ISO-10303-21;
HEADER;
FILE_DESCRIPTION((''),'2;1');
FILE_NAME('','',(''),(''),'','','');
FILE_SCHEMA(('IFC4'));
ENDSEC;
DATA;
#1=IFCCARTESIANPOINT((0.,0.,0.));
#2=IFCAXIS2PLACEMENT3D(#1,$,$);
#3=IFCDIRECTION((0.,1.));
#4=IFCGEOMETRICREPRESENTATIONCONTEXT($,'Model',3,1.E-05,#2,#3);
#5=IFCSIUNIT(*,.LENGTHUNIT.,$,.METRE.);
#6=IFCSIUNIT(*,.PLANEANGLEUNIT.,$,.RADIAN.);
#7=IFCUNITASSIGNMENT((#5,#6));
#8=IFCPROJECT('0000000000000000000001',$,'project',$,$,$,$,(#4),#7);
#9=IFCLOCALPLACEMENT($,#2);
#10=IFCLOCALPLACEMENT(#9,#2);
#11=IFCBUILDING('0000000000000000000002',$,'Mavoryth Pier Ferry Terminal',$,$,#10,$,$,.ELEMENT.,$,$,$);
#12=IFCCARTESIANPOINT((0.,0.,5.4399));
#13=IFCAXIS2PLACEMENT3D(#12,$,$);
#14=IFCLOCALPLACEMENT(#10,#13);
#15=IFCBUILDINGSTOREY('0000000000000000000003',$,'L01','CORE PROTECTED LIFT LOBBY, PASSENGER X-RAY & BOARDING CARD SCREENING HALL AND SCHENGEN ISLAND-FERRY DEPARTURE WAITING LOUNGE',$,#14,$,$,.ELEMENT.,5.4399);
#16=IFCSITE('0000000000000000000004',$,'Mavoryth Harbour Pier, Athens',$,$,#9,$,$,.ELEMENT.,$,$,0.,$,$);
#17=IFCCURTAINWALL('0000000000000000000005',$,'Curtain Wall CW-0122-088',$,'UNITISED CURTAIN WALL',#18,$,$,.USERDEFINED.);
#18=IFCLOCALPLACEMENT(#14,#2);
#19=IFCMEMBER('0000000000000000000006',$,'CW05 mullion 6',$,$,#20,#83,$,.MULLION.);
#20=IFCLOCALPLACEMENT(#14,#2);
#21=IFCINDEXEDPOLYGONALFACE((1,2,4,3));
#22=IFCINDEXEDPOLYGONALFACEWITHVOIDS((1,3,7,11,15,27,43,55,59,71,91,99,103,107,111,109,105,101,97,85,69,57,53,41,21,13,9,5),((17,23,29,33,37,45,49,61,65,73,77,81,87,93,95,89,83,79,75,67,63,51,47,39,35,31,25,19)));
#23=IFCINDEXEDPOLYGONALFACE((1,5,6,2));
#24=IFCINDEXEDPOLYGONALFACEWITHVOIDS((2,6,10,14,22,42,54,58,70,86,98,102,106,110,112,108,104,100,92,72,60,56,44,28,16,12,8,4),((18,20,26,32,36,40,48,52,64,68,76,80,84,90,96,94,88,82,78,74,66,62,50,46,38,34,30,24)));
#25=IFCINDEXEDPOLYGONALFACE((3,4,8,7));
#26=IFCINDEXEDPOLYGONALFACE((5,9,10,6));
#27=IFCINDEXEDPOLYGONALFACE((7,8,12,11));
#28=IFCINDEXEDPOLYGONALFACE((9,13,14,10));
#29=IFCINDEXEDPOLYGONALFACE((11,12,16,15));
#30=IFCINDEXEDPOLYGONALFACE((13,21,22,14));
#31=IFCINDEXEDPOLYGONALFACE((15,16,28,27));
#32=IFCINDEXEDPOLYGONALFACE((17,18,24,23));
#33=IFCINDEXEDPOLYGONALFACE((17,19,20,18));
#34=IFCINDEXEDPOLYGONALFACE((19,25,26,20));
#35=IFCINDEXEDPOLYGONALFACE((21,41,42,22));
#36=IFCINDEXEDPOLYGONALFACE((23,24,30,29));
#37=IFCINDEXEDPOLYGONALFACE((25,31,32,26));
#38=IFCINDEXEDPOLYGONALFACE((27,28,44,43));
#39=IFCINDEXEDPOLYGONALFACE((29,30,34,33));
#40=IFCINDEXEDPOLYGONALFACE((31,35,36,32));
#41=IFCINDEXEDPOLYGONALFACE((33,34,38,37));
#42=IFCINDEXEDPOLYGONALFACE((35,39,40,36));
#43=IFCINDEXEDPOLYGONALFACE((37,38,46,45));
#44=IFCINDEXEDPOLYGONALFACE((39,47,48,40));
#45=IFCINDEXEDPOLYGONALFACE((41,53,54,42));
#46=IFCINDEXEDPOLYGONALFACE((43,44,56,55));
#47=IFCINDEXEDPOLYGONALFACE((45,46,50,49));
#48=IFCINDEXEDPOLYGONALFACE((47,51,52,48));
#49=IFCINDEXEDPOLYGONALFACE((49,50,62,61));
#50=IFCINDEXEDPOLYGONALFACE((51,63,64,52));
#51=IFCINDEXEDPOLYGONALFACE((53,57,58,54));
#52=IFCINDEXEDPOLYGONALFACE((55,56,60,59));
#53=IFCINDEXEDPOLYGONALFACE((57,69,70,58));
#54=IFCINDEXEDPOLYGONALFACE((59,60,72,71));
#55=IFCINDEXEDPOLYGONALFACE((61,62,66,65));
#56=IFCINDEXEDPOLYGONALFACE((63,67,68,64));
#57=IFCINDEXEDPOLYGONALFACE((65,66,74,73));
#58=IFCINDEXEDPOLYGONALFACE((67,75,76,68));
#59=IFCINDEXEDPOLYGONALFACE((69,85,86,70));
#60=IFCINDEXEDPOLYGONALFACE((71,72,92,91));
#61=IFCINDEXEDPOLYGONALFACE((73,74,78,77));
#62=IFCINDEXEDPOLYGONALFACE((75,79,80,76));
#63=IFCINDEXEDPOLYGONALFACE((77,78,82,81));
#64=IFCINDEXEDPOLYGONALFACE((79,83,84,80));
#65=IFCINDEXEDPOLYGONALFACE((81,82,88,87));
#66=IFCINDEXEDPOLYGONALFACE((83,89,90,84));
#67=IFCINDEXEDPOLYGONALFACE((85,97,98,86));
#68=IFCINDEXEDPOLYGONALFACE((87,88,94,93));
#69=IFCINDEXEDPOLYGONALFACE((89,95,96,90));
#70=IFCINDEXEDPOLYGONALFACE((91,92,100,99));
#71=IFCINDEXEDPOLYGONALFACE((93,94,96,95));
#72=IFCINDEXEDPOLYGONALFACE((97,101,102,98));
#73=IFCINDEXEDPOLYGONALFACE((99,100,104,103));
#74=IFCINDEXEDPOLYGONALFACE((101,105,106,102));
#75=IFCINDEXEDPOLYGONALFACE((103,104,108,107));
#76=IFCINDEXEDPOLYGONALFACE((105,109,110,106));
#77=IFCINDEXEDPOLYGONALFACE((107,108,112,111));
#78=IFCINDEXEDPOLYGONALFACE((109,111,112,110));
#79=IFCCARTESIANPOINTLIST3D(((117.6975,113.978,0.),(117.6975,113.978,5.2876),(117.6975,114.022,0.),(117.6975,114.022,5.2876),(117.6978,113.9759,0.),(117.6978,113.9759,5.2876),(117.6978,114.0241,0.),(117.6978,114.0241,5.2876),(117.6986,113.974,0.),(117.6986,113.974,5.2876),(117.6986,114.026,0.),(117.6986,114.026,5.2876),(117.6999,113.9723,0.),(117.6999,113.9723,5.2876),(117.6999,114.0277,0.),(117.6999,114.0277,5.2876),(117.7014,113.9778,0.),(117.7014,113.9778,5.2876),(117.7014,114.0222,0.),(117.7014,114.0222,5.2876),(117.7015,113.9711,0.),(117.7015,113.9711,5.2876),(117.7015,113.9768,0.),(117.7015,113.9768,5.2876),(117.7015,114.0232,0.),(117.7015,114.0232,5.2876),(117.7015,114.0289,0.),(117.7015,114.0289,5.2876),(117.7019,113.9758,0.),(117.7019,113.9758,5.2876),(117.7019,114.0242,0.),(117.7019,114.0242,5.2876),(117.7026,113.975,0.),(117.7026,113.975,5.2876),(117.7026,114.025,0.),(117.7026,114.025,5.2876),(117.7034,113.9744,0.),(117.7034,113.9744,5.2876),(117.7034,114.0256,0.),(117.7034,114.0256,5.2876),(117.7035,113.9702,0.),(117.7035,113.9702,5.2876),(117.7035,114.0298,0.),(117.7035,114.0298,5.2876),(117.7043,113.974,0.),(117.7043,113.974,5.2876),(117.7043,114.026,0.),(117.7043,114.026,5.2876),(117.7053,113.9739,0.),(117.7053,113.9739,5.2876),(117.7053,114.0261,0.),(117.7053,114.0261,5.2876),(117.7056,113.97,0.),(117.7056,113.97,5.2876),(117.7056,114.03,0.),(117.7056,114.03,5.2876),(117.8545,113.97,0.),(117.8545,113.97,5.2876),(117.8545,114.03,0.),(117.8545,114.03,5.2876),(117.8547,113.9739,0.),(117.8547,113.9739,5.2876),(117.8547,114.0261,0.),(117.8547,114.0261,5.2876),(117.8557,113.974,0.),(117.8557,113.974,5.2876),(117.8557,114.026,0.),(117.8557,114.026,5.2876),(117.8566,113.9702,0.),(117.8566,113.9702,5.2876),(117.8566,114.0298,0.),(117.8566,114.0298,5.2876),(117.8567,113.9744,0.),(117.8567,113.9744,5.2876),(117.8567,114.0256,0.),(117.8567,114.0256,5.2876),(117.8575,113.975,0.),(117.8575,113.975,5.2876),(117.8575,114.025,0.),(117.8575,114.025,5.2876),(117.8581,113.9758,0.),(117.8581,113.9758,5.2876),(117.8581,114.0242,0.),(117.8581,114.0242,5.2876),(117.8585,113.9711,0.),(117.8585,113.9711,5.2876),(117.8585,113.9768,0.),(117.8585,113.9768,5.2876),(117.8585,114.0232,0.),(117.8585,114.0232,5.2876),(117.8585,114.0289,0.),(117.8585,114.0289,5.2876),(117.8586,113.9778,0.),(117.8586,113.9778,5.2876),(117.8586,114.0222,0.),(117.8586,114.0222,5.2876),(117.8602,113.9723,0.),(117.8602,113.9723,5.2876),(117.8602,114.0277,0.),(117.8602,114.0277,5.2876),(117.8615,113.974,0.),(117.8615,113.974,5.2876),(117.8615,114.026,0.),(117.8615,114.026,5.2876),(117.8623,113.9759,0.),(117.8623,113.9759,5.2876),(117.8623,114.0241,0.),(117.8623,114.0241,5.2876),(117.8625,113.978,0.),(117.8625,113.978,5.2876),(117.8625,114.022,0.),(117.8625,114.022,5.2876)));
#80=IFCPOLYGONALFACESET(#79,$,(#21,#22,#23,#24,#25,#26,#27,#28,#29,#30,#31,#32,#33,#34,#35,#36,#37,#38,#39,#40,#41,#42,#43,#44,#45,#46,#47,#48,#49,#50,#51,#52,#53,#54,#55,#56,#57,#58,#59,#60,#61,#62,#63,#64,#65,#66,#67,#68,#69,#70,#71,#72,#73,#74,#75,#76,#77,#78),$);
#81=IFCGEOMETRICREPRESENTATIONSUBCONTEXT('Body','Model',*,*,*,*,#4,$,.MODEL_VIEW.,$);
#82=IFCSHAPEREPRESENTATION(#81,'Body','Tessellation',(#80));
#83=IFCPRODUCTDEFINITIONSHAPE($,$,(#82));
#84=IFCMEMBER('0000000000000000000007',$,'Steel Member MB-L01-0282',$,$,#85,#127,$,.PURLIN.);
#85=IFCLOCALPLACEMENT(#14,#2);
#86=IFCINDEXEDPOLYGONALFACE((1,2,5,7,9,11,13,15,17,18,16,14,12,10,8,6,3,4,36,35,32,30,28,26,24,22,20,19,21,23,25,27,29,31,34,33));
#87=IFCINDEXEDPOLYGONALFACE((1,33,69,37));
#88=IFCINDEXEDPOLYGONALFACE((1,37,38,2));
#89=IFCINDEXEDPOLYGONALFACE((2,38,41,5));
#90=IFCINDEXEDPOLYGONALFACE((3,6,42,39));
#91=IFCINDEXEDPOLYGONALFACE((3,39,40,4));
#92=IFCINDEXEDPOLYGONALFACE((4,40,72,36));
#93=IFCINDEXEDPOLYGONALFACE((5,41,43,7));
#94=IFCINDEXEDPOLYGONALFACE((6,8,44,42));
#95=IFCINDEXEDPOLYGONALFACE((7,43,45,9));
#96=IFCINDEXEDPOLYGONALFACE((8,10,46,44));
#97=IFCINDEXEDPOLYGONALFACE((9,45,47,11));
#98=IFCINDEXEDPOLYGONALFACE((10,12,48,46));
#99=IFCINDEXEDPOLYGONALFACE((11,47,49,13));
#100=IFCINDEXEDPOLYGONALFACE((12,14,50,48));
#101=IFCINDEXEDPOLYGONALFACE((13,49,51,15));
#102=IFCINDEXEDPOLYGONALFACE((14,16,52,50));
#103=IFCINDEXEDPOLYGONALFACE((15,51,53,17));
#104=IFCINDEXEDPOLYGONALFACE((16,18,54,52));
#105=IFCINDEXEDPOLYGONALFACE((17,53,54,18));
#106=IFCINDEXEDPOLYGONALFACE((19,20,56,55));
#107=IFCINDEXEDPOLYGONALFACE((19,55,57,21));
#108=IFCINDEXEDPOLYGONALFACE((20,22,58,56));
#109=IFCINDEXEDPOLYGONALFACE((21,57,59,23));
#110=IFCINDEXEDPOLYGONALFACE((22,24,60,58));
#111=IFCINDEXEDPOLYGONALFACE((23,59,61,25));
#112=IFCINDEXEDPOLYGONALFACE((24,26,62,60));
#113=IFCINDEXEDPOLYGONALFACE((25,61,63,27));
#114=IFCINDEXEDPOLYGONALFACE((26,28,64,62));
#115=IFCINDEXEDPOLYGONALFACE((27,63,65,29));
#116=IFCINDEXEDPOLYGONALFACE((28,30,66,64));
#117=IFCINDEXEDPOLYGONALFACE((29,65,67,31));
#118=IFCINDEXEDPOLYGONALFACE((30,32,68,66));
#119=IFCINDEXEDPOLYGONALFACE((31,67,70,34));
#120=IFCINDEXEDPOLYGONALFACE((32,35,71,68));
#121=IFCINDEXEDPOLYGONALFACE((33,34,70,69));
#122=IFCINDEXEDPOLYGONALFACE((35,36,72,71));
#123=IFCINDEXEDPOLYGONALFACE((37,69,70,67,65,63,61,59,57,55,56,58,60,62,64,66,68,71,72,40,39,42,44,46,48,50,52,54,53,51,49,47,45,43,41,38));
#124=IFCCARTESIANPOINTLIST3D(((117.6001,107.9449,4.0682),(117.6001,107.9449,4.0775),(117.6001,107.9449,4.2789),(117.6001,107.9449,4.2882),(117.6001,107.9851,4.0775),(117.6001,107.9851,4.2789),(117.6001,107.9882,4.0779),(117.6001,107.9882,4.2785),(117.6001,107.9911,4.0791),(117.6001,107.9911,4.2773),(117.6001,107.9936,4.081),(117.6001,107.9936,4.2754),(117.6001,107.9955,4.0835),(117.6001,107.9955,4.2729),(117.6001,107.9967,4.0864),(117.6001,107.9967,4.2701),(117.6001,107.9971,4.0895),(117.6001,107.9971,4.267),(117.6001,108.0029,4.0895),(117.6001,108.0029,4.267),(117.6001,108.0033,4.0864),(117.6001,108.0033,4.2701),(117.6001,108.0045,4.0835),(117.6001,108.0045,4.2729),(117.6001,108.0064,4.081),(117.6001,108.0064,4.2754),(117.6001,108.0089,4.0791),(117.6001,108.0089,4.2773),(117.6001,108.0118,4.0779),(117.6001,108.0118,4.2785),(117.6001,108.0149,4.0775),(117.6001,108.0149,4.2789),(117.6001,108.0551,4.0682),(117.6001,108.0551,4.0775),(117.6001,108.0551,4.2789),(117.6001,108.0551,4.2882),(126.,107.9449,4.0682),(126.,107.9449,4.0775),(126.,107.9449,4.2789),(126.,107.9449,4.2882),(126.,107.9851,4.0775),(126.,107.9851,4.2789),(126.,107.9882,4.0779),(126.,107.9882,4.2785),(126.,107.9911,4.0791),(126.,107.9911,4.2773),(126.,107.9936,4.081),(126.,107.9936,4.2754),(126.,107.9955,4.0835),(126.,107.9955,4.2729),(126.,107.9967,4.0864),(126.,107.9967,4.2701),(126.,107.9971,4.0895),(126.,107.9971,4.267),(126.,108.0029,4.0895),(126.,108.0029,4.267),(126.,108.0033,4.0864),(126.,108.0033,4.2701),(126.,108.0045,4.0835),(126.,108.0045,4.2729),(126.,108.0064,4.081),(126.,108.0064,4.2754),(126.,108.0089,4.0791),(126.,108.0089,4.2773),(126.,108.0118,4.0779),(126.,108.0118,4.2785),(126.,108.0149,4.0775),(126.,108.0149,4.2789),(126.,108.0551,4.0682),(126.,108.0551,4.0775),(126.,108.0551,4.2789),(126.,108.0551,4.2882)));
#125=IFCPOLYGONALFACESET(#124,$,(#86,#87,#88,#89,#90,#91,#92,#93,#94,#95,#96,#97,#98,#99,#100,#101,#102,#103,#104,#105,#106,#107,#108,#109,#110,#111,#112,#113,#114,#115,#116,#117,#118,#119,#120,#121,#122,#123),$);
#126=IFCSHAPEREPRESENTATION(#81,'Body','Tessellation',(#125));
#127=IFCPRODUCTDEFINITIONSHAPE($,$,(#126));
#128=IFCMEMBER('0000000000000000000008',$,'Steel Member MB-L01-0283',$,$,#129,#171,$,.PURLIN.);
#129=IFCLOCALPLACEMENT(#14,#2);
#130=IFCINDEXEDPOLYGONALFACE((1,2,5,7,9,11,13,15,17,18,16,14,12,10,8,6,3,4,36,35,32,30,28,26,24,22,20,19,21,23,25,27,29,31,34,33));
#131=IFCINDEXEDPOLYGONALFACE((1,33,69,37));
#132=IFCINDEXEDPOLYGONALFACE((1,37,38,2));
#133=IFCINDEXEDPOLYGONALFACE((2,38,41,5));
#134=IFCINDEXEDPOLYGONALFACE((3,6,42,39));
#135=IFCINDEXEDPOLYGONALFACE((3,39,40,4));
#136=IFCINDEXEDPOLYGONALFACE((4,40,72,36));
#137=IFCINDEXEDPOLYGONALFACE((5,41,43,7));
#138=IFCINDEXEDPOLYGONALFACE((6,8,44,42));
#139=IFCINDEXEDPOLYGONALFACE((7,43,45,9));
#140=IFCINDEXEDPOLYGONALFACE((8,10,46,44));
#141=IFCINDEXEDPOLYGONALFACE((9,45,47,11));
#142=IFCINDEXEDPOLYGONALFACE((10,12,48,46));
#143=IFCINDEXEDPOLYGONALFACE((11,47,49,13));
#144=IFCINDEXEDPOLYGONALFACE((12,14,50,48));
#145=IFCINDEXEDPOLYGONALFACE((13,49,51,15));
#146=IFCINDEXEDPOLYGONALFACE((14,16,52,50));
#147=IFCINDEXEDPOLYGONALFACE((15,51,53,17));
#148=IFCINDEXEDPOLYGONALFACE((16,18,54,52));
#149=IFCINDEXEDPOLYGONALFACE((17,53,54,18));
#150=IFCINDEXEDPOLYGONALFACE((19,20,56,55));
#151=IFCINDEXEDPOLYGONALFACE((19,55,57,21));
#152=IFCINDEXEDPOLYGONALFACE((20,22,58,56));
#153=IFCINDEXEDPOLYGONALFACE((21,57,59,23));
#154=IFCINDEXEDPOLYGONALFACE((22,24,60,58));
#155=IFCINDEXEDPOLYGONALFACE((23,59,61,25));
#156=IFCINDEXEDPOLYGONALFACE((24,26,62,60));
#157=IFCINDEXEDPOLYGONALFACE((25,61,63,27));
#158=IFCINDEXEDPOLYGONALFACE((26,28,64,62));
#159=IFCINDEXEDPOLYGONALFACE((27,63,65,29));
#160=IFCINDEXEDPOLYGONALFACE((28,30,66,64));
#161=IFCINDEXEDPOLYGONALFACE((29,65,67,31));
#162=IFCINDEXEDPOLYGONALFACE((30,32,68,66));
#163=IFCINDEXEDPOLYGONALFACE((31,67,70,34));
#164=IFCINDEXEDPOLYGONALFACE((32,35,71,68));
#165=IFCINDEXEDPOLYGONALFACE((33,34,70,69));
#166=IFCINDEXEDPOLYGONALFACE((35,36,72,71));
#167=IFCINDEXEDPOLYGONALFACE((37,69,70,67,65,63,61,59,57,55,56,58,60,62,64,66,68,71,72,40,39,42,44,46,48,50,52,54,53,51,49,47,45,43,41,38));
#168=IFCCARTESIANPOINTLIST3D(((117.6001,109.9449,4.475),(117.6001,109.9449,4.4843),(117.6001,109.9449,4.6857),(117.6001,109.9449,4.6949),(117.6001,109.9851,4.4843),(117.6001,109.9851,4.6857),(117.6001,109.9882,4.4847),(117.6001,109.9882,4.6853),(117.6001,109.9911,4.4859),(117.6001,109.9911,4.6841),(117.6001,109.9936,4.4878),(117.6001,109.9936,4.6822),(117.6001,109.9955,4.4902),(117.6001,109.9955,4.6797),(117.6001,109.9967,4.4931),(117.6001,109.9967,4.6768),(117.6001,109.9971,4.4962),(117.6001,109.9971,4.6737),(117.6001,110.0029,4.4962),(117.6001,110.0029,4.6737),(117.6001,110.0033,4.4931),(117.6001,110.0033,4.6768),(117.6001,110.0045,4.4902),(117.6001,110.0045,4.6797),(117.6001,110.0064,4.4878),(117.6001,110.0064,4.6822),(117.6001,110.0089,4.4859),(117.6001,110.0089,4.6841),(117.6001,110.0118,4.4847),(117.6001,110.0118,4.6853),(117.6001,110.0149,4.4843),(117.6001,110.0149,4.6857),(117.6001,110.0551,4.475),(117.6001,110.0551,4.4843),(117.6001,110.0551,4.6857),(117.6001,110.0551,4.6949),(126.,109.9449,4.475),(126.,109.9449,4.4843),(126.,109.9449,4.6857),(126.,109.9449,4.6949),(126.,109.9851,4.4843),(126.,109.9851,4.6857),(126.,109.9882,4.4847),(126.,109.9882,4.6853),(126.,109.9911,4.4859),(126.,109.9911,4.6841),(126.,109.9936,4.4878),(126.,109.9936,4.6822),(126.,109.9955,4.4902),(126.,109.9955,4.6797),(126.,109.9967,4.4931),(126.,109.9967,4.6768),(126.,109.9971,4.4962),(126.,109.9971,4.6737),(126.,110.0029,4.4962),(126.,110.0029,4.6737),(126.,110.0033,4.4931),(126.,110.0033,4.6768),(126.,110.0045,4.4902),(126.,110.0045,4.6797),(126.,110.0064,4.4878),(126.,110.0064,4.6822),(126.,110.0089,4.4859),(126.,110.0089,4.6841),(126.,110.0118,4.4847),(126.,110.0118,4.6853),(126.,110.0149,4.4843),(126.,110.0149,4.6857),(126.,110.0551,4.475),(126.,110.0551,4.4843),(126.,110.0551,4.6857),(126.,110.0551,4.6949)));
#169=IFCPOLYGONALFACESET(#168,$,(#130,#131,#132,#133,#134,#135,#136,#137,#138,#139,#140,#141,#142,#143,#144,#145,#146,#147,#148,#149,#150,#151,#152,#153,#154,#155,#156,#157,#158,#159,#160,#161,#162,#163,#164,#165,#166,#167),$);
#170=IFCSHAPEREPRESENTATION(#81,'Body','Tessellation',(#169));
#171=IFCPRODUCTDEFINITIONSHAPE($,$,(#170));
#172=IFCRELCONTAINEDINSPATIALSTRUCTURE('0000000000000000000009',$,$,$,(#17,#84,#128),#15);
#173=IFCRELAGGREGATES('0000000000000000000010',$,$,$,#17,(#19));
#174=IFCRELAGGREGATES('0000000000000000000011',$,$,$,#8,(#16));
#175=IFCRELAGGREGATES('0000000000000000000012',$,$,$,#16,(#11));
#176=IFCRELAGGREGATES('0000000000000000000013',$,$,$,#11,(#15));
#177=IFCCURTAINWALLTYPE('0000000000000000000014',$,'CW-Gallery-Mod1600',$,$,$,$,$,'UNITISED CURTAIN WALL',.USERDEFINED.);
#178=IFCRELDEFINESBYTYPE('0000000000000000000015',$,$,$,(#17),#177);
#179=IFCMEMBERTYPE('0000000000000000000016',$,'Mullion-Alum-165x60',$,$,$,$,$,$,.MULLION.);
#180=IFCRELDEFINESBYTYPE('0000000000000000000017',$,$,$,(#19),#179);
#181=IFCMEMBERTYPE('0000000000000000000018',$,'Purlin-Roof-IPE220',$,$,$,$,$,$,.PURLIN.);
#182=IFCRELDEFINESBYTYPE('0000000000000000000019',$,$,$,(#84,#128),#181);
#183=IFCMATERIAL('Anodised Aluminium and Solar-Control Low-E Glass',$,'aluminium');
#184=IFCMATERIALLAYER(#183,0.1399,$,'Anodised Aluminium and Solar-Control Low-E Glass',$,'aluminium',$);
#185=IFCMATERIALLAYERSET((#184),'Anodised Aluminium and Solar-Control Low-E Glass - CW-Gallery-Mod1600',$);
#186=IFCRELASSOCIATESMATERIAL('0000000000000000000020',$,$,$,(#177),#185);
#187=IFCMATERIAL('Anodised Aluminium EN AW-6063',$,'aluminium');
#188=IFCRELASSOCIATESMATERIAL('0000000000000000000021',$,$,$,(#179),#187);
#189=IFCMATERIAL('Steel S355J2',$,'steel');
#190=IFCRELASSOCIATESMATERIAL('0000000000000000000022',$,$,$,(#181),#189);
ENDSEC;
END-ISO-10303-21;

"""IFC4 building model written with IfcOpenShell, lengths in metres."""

from ifc_helpers import new_model, si_unit, direction, frame, origin, origin_2d, place, context, subcontext, project, spatial, hollow_rectangle, i_section, extrude, material, layer, layer_set, material_profile, profile_set, type_object, element, aggregate, save


model = new_model("IFC4")

# Units and contexts
model_context = context("Model", 3, precision=1e-05, world=origin(), true_north=direction((0.0, 1.0)))
body_context = subcontext(model_context, "Body", "Model", "MODEL_VIEW")
ifc_project = project(units=[si_unit("LENGTHUNIT", "METRE"), si_unit("PLANEANGLEUNIT", "RADIAN")], contexts=[model_context])

# Site, building, storey
site_placement = place(None, origin())
site = spatial("IfcSite", under=ifc_project, at=site_placement, Name="Mavoryth Harbour Pier, Athens", CompositionType="ELEMENT", RefElevation=0.0)
building_placement = place(site_placement, origin())
building = spatial("IfcBuilding", under=site, at=building_placement, Name="Mavoryth Pier Ferry Terminal", CompositionType="ELEMENT")
storey_placement = place(building_placement, frame((0.0, 0.0, 5.4399)))
storey = spatial("IfcBuildingStorey", under=building, at=storey_placement, Name="L01", Description="CORE PROTECTED LIFT LOBBY, PASSENGER X-RAY & BOARDING CARD SCREENING HALL AND SCHENGEN ISLAND-FERRY DEPARTURE WAITING LOUNGE", CompositionType="ELEMENT", Elevation=5.4399)

# Shared definitions
ifc_material_1 = material(Name="Steel S355J2", Category="steel")

# Shared definitions
ifc_material_2 = material(Name="Anodised Aluminium and Solar-Control Low-E Glass", Category="aluminium")
ifc_layer_1 = layer(ifc_material_2, 0.1399, Name="Anodised Aluminium and Solar-Control Low-E Glass", Category="aluminium")
ifc_layer_set_1 = layer_set([ifc_layer_1], Name="Anodised Aluminium and Solar-Control Low-E Glass - CW-Gallery-Mod1600")
curtain_wall_type = type_object("IfcCurtainWallType", Name="CW-Gallery-Mod1600", ElementType="UNITISED CURTAIN WALL", PredefinedType="USERDEFINED", material=ifc_layer_set_1)
ifc_material_3 = material(Name="Anodised Aluminium EN AW-6063", Category="aluminium")
ifc_material_profile_1 = material_profile(ifc_material_3, hollow_rectangle(XDim=0.0601, YDim=0.165, WallThickness=0.0039, InnerFilletRadius=0.0039, OuterFilletRadius=0.0081, at=origin_2d()), Name="AL-MULL 165x60x4", Category="aluminium")
ifc_profile_set_1 = profile_set([ifc_material_profile_1], Name="Anodised Aluminium EN AW-6063 - AL-MULL 165x60x4")
member_type_1 = type_object("IfcMemberType", Name="Mullion-Alum-165x60", PredefinedType="MULLION", material=ifc_profile_set_1)

# Curtain wall, member
curtain_wall_1_placement = place(storey_placement, origin())
curtain_wall_1 = element("IfcCurtainWall", 1, at=curtain_wall_1_placement, inside=storey, type_object=curtain_wall_type, Name="Curtain Wall CW-0122-088", ObjectType="UNITISED CURTAIN WALL", PredefinedType="USERDEFINED")
member_1_placement = place(storey_placement, frame((117.78, 114.0, 0.0), z_axis=(0.0, 0.0, 1.0), x_axis=(0.0, -1.0, 0.0)))
member_1 = element("IfcMember", 2, at=member_1_placement, type_object=member_type_1, Name="CW05 mullion 6", PredefinedType="MULLION", context=body_context, shape_type="SweptSolid", body=[
    extrude(hollow_rectangle(XDim=0.0601, YDim=0.165, WallThickness=0.0039, InnerFilletRadius=0.0039, OuterFilletRadius=0.0081, at=origin_2d()), origin(), (0.0, 0.0, 1.0), 5.2876),
])
aggregate(curtain_wall_1, [member_1])

# Members
ifc_material_profile_2 = material_profile(ifc_material_1, i_section(OverallWidth=0.1101, OverallDepth=0.22, WebThickness=0.0059, FlangeThickness=0.0093, FilletRadius=0.012, at=origin_2d()), Name="IPE 220", Category="steel")
ifc_profile_set_2 = profile_set([ifc_material_profile_2], Name="Steel S355J2 - IPE 220")
member_type_2 = type_object("IfcMemberType", Name="Purlin-Roof-IPE220", PredefinedType="PURLIN", material=ifc_profile_set_2)
for number, where, z_axis, x_axis, name in (
    (3, (117.6001, 108.0, 4.1782), (1.0, 0.0, 0.0), (0.0, 1.0, 0.0), "Steel Member MB-L01-0282"),
    (4, (117.6001, 110.0, 4.585), (1.0, 0.0, 0.0), (0.0, 1.0, 0.0), "Steel Member MB-L01-0283"),
):
    element("IfcMember", number, at=place(storey_placement, frame(where, z_axis=z_axis, x_axis=x_axis)), inside=storey, type_object=member_type_2, Name=name, PredefinedType="PURLIN", context=body_context, shape_type="SweptSolid", body=[
        extrude(i_section(OverallWidth=0.1101, OverallDepth=0.22, WebThickness=0.0059, FlangeThickness=0.0093, FilletRadius=0.012, at=origin_2d()), origin(), (0.0, 0.0, 1.0), 8.3999),
    ])

save(model, "model.ifc")
